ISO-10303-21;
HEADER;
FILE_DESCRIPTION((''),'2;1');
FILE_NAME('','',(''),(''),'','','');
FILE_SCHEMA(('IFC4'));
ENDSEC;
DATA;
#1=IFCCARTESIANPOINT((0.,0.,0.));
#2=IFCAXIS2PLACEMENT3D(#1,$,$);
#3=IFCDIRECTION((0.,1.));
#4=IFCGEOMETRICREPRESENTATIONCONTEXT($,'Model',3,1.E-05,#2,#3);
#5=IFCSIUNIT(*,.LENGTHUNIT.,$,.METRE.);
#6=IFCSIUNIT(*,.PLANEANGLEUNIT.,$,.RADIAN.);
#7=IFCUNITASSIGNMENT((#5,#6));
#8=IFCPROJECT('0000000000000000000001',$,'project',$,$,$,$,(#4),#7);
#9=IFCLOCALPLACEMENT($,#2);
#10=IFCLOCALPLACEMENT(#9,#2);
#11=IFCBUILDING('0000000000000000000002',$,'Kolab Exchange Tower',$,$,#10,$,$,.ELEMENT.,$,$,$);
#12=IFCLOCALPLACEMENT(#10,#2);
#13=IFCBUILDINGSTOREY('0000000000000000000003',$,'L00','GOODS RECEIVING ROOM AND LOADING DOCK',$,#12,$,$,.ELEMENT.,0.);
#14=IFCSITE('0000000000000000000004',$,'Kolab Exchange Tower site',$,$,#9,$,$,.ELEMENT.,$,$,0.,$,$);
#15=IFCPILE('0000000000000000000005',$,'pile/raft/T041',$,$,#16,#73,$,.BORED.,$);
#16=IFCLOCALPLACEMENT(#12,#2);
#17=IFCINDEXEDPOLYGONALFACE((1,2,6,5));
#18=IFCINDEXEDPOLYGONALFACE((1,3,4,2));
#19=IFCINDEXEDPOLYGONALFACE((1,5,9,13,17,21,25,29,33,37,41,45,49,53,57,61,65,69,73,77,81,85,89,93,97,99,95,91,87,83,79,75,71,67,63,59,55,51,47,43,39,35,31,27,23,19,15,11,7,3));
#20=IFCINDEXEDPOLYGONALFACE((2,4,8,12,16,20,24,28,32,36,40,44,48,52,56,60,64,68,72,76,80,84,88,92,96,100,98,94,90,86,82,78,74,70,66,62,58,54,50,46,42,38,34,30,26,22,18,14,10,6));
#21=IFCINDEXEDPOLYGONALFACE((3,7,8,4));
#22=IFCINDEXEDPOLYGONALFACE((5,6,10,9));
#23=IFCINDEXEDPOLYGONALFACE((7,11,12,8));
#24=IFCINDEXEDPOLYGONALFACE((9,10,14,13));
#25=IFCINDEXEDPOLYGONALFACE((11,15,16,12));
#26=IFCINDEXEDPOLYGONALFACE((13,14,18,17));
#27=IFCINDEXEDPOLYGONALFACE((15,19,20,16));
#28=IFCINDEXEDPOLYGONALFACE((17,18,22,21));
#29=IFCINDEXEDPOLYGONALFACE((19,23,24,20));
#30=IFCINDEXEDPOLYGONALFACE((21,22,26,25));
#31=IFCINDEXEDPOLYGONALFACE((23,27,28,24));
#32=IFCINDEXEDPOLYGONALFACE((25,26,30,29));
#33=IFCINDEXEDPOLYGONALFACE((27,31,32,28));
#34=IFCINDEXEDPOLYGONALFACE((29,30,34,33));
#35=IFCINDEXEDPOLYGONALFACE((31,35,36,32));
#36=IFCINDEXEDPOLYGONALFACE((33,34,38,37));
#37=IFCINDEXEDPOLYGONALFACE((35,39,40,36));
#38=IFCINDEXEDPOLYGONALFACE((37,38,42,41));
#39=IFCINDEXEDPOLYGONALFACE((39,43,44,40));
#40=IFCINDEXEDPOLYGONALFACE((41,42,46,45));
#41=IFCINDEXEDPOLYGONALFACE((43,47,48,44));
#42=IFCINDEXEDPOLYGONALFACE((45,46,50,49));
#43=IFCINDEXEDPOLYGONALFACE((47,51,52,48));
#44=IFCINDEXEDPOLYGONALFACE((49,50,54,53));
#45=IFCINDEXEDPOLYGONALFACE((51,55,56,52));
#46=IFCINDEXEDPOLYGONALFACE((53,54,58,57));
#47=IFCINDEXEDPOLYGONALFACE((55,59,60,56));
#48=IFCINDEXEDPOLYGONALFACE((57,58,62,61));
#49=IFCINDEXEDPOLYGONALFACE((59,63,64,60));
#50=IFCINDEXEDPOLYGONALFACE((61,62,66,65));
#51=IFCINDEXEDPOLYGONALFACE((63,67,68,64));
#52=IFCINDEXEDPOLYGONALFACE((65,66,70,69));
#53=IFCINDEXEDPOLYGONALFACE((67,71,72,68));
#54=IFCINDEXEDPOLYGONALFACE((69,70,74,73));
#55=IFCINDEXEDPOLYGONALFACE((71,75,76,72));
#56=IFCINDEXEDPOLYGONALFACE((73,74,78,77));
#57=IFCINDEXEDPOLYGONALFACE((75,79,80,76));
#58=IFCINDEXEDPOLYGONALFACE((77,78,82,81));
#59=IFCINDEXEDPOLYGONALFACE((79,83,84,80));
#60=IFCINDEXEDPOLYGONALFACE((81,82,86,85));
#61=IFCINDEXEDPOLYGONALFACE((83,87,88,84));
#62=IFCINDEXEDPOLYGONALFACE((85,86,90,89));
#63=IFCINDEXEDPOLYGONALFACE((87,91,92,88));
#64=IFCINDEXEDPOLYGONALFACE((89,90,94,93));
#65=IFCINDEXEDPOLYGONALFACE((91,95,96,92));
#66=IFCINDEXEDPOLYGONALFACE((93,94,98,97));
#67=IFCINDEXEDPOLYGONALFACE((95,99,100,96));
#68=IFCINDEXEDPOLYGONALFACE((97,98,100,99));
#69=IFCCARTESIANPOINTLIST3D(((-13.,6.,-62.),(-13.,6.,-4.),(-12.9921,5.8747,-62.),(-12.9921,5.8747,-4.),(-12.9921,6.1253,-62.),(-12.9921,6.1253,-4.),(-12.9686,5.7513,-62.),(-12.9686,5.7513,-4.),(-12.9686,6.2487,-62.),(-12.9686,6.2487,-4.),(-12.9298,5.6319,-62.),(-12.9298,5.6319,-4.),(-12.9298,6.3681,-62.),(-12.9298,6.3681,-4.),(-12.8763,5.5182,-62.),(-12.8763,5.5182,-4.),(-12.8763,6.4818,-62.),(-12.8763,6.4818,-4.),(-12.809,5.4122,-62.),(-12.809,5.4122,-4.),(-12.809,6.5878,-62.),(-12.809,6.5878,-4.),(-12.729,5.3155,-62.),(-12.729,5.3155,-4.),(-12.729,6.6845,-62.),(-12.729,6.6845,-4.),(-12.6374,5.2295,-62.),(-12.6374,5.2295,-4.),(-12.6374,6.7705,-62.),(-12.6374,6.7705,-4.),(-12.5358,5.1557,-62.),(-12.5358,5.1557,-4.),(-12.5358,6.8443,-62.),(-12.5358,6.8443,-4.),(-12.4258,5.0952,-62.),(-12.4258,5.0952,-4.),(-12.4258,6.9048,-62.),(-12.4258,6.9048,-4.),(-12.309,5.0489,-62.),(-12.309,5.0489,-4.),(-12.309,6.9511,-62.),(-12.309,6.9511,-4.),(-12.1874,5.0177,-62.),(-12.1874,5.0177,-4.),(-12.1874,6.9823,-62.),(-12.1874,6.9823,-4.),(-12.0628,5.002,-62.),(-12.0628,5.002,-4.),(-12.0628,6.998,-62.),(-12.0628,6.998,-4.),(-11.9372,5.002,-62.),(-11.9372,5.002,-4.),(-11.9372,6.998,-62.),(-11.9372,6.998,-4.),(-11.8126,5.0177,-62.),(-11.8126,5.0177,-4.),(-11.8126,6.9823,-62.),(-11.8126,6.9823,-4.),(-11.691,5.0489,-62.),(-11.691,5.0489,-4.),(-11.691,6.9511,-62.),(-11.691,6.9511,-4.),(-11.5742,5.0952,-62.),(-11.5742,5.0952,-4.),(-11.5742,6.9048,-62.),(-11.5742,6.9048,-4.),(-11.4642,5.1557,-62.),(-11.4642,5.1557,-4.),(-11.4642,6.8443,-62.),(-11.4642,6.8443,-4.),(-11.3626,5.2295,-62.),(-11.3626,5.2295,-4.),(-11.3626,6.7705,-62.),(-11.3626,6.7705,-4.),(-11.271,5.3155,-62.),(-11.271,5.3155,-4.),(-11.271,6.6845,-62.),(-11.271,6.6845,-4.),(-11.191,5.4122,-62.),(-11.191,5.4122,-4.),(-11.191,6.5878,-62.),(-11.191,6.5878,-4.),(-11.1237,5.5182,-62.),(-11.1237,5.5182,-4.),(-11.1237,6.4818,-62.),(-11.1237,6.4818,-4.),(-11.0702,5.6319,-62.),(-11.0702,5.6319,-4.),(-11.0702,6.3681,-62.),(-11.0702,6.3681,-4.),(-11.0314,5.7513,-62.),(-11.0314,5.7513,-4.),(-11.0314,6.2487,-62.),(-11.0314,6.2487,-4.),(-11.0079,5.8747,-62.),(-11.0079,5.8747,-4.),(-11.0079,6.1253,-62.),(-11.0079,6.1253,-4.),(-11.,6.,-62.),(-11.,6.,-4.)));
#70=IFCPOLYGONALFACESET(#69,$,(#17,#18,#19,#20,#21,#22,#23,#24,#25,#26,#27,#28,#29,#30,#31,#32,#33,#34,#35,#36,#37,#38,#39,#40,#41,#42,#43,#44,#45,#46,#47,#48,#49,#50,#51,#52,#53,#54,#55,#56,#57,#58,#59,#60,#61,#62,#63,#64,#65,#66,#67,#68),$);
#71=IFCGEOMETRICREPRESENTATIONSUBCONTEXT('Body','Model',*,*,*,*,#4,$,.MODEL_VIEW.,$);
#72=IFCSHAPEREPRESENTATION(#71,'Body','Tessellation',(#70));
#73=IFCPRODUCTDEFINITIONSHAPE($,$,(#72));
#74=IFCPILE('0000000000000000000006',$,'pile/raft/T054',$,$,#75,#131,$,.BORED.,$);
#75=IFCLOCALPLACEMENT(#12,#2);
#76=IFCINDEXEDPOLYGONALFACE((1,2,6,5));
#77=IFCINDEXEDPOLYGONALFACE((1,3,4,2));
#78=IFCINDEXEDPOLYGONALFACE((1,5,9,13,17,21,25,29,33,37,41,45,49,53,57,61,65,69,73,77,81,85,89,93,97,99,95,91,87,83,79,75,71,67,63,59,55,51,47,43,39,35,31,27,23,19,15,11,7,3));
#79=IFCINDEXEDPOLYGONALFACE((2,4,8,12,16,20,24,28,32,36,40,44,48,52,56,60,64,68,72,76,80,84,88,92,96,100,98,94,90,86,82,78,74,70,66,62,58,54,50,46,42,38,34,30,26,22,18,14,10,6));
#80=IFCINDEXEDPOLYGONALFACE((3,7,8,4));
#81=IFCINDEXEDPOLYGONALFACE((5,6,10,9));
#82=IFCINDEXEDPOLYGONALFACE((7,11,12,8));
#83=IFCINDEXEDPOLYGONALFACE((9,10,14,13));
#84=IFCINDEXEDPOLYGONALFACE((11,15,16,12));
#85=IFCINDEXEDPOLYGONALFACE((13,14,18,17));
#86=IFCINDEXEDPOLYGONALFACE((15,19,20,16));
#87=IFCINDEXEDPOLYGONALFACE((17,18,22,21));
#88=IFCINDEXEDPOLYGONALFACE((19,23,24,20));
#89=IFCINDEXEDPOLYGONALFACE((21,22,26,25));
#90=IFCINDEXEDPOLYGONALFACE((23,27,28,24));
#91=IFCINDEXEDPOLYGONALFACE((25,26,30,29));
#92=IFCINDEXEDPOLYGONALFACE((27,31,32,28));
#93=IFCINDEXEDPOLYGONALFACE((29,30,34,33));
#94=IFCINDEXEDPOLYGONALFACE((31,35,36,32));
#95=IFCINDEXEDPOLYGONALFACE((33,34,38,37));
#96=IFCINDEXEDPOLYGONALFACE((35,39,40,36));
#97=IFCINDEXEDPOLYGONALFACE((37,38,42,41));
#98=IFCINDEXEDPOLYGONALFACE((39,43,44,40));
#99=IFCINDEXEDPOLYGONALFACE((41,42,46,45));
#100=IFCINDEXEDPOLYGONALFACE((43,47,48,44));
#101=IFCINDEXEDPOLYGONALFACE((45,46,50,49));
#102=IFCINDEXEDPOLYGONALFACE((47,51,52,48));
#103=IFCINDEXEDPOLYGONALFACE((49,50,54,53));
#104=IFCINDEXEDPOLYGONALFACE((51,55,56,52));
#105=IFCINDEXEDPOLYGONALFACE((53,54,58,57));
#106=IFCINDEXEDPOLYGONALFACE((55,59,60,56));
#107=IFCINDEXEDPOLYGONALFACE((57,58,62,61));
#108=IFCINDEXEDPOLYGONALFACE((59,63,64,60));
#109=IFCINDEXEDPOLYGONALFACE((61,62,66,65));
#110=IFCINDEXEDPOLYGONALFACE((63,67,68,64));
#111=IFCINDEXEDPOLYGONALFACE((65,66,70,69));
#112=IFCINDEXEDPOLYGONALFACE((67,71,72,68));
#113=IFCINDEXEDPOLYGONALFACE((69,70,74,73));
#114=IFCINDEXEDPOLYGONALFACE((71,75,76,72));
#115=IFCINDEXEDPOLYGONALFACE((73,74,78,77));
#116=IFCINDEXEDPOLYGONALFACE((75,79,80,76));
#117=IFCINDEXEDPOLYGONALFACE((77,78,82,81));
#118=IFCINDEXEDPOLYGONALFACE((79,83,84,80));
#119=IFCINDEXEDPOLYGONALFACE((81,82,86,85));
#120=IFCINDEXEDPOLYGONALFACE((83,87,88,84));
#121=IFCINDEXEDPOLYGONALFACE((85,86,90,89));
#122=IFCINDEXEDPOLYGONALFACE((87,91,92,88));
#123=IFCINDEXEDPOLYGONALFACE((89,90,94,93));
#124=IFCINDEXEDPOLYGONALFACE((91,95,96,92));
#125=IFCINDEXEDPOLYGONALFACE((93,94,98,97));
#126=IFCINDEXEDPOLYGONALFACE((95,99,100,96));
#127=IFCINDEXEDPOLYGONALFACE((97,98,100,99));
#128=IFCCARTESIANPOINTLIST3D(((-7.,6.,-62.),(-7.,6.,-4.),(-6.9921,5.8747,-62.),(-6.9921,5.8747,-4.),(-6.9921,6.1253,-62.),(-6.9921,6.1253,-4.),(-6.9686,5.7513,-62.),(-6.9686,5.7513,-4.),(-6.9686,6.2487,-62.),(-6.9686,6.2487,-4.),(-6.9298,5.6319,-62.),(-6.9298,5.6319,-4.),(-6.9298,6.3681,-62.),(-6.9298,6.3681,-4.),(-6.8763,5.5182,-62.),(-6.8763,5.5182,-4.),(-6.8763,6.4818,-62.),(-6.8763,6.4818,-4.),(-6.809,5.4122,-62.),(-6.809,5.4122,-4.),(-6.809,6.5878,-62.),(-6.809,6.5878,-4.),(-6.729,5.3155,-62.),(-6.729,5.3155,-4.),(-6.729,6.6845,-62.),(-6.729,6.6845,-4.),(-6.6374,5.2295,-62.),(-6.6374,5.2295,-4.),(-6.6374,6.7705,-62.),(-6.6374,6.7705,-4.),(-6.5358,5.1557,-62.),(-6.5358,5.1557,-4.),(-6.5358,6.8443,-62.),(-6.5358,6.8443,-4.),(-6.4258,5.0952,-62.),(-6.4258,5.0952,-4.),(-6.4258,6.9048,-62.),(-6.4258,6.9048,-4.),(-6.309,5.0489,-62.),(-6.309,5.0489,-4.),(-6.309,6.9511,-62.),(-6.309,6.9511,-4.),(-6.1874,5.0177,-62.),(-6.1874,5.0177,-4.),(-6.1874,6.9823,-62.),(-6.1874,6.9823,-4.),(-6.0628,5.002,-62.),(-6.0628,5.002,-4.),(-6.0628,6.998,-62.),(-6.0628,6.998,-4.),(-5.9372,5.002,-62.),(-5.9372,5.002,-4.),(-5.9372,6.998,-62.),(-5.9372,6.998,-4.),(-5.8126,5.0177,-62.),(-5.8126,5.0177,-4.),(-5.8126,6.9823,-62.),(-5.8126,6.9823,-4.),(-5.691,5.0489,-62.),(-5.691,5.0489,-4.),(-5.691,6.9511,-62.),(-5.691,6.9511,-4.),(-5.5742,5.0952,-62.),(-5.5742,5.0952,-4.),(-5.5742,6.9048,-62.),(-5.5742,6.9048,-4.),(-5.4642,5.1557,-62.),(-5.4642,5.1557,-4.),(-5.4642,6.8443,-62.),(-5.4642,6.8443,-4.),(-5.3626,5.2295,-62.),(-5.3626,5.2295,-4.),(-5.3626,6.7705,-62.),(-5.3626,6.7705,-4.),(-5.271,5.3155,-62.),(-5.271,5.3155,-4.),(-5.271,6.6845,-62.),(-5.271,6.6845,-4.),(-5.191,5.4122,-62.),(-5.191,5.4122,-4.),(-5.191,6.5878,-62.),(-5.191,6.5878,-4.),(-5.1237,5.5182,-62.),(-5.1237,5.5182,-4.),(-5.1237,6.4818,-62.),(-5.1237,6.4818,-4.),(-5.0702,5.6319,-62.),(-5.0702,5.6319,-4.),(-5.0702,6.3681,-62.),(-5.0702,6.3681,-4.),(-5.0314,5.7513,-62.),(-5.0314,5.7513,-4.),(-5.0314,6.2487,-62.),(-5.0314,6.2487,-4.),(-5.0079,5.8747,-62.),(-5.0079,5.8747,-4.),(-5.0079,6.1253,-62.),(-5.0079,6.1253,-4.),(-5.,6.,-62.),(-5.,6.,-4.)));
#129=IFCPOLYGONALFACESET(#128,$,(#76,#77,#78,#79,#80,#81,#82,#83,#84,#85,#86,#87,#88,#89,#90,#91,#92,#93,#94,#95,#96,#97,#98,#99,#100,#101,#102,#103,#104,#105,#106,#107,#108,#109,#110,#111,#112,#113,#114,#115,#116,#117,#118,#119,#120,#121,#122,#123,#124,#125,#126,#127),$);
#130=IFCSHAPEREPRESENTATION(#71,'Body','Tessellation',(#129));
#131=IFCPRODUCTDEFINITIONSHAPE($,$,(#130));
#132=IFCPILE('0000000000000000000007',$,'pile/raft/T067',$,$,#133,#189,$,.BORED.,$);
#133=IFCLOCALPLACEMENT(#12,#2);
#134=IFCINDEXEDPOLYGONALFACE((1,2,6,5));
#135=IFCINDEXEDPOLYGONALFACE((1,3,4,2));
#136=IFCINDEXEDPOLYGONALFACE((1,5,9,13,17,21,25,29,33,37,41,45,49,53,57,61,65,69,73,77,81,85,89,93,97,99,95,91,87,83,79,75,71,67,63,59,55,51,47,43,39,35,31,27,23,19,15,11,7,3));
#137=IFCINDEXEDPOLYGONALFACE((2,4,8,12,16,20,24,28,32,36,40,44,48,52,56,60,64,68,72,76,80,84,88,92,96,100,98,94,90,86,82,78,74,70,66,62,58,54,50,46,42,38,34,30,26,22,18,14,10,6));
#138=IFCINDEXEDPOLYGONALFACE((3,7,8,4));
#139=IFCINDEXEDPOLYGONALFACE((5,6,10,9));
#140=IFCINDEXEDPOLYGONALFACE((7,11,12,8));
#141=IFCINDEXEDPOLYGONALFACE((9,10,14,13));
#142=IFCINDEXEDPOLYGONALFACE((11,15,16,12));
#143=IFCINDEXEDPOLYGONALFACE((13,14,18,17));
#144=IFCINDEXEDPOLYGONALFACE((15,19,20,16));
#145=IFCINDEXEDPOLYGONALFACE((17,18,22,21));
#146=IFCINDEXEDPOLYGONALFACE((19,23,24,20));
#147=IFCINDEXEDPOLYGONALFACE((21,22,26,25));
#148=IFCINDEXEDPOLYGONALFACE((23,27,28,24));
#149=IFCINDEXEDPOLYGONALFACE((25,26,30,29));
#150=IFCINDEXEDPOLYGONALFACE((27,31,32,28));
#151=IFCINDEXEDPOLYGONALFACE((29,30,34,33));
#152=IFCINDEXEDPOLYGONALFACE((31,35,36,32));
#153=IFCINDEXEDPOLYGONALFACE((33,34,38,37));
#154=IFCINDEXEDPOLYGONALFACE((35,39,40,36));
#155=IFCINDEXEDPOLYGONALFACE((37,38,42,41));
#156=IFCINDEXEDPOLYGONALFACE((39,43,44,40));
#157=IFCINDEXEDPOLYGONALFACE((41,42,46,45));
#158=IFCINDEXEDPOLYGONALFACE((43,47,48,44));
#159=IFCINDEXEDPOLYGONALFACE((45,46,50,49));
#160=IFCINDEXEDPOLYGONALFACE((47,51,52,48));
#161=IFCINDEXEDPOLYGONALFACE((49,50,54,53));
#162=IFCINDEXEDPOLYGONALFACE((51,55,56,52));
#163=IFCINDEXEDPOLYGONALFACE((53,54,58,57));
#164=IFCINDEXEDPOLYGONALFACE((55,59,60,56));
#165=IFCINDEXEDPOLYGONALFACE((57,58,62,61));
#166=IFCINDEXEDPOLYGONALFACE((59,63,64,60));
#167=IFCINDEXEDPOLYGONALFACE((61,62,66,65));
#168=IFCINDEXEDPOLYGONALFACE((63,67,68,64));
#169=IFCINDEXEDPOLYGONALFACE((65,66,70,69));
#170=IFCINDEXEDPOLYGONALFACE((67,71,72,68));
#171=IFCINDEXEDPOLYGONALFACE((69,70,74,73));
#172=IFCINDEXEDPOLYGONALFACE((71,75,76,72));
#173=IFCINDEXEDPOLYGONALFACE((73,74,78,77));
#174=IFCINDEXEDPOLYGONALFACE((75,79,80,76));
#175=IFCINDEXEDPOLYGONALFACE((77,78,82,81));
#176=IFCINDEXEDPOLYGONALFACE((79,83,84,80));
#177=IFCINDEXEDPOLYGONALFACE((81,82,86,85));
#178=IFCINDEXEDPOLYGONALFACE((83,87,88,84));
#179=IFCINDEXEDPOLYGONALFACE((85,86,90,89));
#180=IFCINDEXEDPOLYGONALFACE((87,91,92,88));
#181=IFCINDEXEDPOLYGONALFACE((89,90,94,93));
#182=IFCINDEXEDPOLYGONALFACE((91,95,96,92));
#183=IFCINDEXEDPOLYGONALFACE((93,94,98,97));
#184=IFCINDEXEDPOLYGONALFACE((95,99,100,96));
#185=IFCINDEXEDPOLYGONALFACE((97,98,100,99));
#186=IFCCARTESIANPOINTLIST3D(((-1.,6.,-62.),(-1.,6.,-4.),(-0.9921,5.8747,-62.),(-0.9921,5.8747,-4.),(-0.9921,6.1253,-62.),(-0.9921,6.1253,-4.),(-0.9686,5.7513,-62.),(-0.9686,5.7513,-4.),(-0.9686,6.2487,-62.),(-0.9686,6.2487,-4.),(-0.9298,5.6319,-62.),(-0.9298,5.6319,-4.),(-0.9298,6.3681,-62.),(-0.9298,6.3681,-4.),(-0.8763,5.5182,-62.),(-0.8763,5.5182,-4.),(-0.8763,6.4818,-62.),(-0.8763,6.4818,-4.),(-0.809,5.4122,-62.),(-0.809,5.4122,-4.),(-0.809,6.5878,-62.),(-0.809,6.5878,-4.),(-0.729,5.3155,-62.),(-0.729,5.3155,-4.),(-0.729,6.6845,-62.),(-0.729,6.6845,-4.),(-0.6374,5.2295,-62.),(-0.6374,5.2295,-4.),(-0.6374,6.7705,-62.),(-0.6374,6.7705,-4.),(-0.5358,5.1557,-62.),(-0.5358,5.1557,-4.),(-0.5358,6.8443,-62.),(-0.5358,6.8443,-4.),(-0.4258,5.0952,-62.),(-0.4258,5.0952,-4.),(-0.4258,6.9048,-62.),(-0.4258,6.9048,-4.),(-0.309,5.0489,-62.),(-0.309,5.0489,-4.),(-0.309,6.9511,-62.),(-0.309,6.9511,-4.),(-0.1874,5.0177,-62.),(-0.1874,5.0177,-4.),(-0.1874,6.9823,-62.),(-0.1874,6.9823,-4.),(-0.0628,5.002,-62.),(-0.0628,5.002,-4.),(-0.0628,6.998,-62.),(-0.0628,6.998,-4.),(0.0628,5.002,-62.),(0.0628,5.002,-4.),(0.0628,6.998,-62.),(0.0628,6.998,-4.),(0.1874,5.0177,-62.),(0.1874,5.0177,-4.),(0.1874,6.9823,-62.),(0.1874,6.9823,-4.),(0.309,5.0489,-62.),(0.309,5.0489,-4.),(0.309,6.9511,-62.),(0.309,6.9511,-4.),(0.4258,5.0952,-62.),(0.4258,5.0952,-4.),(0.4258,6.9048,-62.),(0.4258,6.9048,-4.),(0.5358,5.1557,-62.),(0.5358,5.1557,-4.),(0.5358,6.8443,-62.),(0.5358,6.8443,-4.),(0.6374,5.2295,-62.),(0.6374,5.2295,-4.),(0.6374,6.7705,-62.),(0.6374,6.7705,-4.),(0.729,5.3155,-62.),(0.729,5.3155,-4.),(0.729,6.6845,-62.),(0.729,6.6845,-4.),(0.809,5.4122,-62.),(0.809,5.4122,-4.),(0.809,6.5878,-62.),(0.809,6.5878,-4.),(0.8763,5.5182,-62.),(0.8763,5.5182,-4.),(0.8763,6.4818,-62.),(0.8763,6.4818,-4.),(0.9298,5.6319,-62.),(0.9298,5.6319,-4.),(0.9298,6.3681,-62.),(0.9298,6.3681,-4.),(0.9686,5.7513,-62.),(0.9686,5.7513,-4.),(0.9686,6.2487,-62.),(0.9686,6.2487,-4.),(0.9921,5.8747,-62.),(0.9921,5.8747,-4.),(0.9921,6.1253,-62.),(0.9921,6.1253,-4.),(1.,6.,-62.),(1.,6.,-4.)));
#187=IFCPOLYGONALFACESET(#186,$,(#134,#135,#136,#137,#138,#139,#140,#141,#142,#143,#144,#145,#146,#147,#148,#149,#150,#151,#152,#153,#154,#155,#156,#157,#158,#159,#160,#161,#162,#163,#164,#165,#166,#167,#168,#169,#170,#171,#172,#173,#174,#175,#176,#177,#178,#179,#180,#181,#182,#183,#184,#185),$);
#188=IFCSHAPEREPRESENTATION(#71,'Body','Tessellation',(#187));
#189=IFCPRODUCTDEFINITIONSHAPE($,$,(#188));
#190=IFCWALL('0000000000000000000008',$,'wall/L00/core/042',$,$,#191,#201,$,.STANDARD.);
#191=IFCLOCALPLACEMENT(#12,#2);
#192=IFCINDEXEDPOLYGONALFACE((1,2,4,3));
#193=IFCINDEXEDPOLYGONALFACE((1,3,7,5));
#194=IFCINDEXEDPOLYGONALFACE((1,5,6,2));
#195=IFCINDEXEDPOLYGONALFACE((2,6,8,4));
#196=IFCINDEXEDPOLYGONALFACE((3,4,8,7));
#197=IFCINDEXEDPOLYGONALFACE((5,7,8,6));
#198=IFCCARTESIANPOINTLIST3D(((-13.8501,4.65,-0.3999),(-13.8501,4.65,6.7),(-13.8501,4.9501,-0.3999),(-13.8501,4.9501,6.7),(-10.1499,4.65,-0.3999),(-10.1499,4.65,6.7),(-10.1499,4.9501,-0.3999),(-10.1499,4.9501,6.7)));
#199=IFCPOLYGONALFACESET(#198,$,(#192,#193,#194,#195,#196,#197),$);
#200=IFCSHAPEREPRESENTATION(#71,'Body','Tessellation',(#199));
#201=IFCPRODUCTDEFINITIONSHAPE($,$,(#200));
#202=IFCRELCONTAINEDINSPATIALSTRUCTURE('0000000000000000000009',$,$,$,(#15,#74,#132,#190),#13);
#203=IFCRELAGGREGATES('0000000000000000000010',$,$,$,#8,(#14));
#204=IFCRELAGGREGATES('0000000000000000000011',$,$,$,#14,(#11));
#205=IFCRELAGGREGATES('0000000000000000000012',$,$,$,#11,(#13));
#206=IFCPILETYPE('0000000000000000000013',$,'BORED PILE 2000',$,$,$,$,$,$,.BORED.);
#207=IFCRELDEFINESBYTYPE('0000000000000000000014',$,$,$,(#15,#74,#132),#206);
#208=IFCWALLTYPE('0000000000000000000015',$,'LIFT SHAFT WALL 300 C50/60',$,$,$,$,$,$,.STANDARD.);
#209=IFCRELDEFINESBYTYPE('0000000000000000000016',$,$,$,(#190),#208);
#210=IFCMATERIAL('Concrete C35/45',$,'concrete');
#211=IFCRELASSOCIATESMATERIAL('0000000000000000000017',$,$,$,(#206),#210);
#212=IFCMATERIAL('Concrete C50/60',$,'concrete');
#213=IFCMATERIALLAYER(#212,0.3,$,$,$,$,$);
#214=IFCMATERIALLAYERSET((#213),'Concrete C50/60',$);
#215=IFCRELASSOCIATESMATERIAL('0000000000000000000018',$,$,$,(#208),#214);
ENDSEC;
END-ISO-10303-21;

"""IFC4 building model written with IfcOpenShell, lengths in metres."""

from ifc_helpers import new_model, si_unit, direction, frame, frame_2d, origin, origin_2d, place, context, subcontext, project, spatial, rectangle, circle, extrude, material, layer, layer_set, material_profile, profile_set, type_object, element, save


model = new_model("IFC4")

# Units and contexts
model_context = context("Model", 3, precision=1e-05, world=origin(), true_north=direction((0.0, 1.0)))
body_context = subcontext(model_context, "Body", "Model", "MODEL_VIEW")
ifc_project = project(units=[si_unit("LENGTHUNIT", "METRE"), si_unit("PLANEANGLEUNIT", "RADIAN")], contexts=[model_context])

# Site, building, storey
site_placement = place(None, origin())
site = spatial("IfcSite", under=ifc_project, at=site_placement, Name="Kolab Exchange Tower site", CompositionType="ELEMENT", RefElevation=0.0)
building_placement = place(site_placement, origin())
building = spatial("IfcBuilding", under=site, at=building_placement, Name="Kolab Exchange Tower", CompositionType="ELEMENT")
storey_placement = place(building_placement, origin())
storey = spatial("IfcBuildingStorey", under=building, at=storey_placement, Name="L00", Description="GOODS RECEIVING ROOM AND LOADING DOCK", CompositionType="ELEMENT", Elevation=0.0)

# Piles
ifc_material_1 = material(Name="Concrete C35/45", Category="concrete")
ifc_material_profile = material_profile(ifc_material_1, circle(Radius=1.0, at=origin_2d()), Name="BP2000")
ifc_profile_set = profile_set([ifc_material_profile], Name="Concrete C35/45")
pile_type = type_object("IfcPileType", Name="BORED PILE 2000", PredefinedType="BORED", material=ifc_profile_set)
for number, where, z_axis, x_axis, name in (
    (1, (-12.0, 6.0, -4.0), (0.0, 0.0, -1.0), (1.0, 0.0, 0.0), "pile/raft/T041"),
    (2, (-6.0, 6.0, -4.0), (0.0, 0.0, -1.0), (1.0, 0.0, 0.0), "pile/raft/T054"),
    (3, (0.0, 6.0, -4.0), (0.0, 0.0, -1.0), (1.0, 0.0, 0.0), "pile/raft/T067"),
):
    element("IfcPile", number, at=place(storey_placement, frame(where, z_axis=z_axis, x_axis=x_axis)), inside=storey, type_object=pile_type, Name=name, PredefinedType="BORED", context=body_context, shape_type="SweptSolid", body=[
        extrude(circle(Radius=1.0, at=origin_2d()), origin(), (0.0, 0.0, 1.0), 58.0),
    ])

# Wall
ifc_material_2 = material(Name="Concrete C50/60", Category="concrete")
ifc_layer_1 = layer(ifc_material_2, 0.3)
ifc_layer_set_1 = layer_set([ifc_layer_1], Name="Concrete C50/60")
wall_type_1 = type_object("IfcWallType", Name="LIFT SHAFT WALL 300 C50/60", PredefinedType="STANDARD", material=ifc_layer_set_1)
wall_1_placement = place(storey_placement, frame((-13.8501, 4.8, -0.3999), z_axis=(0.0, 0.0, 1.0), x_axis=(1.0, 0.0, 0.0)))
element("IfcWall", 4, at=wall_1_placement, inside=storey, type_object=wall_type_1, Name="wall/L00/core/042", PredefinedType="STANDARD", context=body_context, shape_type="SweptSolid", body=[
    extrude(rectangle(XDim=3.7002, YDim=0.3, at=frame_2d((1.8501, 0.0))), origin(), (0.0, 0.0, 1.0), 7.0999),
])

save(model, "model.ifc")
